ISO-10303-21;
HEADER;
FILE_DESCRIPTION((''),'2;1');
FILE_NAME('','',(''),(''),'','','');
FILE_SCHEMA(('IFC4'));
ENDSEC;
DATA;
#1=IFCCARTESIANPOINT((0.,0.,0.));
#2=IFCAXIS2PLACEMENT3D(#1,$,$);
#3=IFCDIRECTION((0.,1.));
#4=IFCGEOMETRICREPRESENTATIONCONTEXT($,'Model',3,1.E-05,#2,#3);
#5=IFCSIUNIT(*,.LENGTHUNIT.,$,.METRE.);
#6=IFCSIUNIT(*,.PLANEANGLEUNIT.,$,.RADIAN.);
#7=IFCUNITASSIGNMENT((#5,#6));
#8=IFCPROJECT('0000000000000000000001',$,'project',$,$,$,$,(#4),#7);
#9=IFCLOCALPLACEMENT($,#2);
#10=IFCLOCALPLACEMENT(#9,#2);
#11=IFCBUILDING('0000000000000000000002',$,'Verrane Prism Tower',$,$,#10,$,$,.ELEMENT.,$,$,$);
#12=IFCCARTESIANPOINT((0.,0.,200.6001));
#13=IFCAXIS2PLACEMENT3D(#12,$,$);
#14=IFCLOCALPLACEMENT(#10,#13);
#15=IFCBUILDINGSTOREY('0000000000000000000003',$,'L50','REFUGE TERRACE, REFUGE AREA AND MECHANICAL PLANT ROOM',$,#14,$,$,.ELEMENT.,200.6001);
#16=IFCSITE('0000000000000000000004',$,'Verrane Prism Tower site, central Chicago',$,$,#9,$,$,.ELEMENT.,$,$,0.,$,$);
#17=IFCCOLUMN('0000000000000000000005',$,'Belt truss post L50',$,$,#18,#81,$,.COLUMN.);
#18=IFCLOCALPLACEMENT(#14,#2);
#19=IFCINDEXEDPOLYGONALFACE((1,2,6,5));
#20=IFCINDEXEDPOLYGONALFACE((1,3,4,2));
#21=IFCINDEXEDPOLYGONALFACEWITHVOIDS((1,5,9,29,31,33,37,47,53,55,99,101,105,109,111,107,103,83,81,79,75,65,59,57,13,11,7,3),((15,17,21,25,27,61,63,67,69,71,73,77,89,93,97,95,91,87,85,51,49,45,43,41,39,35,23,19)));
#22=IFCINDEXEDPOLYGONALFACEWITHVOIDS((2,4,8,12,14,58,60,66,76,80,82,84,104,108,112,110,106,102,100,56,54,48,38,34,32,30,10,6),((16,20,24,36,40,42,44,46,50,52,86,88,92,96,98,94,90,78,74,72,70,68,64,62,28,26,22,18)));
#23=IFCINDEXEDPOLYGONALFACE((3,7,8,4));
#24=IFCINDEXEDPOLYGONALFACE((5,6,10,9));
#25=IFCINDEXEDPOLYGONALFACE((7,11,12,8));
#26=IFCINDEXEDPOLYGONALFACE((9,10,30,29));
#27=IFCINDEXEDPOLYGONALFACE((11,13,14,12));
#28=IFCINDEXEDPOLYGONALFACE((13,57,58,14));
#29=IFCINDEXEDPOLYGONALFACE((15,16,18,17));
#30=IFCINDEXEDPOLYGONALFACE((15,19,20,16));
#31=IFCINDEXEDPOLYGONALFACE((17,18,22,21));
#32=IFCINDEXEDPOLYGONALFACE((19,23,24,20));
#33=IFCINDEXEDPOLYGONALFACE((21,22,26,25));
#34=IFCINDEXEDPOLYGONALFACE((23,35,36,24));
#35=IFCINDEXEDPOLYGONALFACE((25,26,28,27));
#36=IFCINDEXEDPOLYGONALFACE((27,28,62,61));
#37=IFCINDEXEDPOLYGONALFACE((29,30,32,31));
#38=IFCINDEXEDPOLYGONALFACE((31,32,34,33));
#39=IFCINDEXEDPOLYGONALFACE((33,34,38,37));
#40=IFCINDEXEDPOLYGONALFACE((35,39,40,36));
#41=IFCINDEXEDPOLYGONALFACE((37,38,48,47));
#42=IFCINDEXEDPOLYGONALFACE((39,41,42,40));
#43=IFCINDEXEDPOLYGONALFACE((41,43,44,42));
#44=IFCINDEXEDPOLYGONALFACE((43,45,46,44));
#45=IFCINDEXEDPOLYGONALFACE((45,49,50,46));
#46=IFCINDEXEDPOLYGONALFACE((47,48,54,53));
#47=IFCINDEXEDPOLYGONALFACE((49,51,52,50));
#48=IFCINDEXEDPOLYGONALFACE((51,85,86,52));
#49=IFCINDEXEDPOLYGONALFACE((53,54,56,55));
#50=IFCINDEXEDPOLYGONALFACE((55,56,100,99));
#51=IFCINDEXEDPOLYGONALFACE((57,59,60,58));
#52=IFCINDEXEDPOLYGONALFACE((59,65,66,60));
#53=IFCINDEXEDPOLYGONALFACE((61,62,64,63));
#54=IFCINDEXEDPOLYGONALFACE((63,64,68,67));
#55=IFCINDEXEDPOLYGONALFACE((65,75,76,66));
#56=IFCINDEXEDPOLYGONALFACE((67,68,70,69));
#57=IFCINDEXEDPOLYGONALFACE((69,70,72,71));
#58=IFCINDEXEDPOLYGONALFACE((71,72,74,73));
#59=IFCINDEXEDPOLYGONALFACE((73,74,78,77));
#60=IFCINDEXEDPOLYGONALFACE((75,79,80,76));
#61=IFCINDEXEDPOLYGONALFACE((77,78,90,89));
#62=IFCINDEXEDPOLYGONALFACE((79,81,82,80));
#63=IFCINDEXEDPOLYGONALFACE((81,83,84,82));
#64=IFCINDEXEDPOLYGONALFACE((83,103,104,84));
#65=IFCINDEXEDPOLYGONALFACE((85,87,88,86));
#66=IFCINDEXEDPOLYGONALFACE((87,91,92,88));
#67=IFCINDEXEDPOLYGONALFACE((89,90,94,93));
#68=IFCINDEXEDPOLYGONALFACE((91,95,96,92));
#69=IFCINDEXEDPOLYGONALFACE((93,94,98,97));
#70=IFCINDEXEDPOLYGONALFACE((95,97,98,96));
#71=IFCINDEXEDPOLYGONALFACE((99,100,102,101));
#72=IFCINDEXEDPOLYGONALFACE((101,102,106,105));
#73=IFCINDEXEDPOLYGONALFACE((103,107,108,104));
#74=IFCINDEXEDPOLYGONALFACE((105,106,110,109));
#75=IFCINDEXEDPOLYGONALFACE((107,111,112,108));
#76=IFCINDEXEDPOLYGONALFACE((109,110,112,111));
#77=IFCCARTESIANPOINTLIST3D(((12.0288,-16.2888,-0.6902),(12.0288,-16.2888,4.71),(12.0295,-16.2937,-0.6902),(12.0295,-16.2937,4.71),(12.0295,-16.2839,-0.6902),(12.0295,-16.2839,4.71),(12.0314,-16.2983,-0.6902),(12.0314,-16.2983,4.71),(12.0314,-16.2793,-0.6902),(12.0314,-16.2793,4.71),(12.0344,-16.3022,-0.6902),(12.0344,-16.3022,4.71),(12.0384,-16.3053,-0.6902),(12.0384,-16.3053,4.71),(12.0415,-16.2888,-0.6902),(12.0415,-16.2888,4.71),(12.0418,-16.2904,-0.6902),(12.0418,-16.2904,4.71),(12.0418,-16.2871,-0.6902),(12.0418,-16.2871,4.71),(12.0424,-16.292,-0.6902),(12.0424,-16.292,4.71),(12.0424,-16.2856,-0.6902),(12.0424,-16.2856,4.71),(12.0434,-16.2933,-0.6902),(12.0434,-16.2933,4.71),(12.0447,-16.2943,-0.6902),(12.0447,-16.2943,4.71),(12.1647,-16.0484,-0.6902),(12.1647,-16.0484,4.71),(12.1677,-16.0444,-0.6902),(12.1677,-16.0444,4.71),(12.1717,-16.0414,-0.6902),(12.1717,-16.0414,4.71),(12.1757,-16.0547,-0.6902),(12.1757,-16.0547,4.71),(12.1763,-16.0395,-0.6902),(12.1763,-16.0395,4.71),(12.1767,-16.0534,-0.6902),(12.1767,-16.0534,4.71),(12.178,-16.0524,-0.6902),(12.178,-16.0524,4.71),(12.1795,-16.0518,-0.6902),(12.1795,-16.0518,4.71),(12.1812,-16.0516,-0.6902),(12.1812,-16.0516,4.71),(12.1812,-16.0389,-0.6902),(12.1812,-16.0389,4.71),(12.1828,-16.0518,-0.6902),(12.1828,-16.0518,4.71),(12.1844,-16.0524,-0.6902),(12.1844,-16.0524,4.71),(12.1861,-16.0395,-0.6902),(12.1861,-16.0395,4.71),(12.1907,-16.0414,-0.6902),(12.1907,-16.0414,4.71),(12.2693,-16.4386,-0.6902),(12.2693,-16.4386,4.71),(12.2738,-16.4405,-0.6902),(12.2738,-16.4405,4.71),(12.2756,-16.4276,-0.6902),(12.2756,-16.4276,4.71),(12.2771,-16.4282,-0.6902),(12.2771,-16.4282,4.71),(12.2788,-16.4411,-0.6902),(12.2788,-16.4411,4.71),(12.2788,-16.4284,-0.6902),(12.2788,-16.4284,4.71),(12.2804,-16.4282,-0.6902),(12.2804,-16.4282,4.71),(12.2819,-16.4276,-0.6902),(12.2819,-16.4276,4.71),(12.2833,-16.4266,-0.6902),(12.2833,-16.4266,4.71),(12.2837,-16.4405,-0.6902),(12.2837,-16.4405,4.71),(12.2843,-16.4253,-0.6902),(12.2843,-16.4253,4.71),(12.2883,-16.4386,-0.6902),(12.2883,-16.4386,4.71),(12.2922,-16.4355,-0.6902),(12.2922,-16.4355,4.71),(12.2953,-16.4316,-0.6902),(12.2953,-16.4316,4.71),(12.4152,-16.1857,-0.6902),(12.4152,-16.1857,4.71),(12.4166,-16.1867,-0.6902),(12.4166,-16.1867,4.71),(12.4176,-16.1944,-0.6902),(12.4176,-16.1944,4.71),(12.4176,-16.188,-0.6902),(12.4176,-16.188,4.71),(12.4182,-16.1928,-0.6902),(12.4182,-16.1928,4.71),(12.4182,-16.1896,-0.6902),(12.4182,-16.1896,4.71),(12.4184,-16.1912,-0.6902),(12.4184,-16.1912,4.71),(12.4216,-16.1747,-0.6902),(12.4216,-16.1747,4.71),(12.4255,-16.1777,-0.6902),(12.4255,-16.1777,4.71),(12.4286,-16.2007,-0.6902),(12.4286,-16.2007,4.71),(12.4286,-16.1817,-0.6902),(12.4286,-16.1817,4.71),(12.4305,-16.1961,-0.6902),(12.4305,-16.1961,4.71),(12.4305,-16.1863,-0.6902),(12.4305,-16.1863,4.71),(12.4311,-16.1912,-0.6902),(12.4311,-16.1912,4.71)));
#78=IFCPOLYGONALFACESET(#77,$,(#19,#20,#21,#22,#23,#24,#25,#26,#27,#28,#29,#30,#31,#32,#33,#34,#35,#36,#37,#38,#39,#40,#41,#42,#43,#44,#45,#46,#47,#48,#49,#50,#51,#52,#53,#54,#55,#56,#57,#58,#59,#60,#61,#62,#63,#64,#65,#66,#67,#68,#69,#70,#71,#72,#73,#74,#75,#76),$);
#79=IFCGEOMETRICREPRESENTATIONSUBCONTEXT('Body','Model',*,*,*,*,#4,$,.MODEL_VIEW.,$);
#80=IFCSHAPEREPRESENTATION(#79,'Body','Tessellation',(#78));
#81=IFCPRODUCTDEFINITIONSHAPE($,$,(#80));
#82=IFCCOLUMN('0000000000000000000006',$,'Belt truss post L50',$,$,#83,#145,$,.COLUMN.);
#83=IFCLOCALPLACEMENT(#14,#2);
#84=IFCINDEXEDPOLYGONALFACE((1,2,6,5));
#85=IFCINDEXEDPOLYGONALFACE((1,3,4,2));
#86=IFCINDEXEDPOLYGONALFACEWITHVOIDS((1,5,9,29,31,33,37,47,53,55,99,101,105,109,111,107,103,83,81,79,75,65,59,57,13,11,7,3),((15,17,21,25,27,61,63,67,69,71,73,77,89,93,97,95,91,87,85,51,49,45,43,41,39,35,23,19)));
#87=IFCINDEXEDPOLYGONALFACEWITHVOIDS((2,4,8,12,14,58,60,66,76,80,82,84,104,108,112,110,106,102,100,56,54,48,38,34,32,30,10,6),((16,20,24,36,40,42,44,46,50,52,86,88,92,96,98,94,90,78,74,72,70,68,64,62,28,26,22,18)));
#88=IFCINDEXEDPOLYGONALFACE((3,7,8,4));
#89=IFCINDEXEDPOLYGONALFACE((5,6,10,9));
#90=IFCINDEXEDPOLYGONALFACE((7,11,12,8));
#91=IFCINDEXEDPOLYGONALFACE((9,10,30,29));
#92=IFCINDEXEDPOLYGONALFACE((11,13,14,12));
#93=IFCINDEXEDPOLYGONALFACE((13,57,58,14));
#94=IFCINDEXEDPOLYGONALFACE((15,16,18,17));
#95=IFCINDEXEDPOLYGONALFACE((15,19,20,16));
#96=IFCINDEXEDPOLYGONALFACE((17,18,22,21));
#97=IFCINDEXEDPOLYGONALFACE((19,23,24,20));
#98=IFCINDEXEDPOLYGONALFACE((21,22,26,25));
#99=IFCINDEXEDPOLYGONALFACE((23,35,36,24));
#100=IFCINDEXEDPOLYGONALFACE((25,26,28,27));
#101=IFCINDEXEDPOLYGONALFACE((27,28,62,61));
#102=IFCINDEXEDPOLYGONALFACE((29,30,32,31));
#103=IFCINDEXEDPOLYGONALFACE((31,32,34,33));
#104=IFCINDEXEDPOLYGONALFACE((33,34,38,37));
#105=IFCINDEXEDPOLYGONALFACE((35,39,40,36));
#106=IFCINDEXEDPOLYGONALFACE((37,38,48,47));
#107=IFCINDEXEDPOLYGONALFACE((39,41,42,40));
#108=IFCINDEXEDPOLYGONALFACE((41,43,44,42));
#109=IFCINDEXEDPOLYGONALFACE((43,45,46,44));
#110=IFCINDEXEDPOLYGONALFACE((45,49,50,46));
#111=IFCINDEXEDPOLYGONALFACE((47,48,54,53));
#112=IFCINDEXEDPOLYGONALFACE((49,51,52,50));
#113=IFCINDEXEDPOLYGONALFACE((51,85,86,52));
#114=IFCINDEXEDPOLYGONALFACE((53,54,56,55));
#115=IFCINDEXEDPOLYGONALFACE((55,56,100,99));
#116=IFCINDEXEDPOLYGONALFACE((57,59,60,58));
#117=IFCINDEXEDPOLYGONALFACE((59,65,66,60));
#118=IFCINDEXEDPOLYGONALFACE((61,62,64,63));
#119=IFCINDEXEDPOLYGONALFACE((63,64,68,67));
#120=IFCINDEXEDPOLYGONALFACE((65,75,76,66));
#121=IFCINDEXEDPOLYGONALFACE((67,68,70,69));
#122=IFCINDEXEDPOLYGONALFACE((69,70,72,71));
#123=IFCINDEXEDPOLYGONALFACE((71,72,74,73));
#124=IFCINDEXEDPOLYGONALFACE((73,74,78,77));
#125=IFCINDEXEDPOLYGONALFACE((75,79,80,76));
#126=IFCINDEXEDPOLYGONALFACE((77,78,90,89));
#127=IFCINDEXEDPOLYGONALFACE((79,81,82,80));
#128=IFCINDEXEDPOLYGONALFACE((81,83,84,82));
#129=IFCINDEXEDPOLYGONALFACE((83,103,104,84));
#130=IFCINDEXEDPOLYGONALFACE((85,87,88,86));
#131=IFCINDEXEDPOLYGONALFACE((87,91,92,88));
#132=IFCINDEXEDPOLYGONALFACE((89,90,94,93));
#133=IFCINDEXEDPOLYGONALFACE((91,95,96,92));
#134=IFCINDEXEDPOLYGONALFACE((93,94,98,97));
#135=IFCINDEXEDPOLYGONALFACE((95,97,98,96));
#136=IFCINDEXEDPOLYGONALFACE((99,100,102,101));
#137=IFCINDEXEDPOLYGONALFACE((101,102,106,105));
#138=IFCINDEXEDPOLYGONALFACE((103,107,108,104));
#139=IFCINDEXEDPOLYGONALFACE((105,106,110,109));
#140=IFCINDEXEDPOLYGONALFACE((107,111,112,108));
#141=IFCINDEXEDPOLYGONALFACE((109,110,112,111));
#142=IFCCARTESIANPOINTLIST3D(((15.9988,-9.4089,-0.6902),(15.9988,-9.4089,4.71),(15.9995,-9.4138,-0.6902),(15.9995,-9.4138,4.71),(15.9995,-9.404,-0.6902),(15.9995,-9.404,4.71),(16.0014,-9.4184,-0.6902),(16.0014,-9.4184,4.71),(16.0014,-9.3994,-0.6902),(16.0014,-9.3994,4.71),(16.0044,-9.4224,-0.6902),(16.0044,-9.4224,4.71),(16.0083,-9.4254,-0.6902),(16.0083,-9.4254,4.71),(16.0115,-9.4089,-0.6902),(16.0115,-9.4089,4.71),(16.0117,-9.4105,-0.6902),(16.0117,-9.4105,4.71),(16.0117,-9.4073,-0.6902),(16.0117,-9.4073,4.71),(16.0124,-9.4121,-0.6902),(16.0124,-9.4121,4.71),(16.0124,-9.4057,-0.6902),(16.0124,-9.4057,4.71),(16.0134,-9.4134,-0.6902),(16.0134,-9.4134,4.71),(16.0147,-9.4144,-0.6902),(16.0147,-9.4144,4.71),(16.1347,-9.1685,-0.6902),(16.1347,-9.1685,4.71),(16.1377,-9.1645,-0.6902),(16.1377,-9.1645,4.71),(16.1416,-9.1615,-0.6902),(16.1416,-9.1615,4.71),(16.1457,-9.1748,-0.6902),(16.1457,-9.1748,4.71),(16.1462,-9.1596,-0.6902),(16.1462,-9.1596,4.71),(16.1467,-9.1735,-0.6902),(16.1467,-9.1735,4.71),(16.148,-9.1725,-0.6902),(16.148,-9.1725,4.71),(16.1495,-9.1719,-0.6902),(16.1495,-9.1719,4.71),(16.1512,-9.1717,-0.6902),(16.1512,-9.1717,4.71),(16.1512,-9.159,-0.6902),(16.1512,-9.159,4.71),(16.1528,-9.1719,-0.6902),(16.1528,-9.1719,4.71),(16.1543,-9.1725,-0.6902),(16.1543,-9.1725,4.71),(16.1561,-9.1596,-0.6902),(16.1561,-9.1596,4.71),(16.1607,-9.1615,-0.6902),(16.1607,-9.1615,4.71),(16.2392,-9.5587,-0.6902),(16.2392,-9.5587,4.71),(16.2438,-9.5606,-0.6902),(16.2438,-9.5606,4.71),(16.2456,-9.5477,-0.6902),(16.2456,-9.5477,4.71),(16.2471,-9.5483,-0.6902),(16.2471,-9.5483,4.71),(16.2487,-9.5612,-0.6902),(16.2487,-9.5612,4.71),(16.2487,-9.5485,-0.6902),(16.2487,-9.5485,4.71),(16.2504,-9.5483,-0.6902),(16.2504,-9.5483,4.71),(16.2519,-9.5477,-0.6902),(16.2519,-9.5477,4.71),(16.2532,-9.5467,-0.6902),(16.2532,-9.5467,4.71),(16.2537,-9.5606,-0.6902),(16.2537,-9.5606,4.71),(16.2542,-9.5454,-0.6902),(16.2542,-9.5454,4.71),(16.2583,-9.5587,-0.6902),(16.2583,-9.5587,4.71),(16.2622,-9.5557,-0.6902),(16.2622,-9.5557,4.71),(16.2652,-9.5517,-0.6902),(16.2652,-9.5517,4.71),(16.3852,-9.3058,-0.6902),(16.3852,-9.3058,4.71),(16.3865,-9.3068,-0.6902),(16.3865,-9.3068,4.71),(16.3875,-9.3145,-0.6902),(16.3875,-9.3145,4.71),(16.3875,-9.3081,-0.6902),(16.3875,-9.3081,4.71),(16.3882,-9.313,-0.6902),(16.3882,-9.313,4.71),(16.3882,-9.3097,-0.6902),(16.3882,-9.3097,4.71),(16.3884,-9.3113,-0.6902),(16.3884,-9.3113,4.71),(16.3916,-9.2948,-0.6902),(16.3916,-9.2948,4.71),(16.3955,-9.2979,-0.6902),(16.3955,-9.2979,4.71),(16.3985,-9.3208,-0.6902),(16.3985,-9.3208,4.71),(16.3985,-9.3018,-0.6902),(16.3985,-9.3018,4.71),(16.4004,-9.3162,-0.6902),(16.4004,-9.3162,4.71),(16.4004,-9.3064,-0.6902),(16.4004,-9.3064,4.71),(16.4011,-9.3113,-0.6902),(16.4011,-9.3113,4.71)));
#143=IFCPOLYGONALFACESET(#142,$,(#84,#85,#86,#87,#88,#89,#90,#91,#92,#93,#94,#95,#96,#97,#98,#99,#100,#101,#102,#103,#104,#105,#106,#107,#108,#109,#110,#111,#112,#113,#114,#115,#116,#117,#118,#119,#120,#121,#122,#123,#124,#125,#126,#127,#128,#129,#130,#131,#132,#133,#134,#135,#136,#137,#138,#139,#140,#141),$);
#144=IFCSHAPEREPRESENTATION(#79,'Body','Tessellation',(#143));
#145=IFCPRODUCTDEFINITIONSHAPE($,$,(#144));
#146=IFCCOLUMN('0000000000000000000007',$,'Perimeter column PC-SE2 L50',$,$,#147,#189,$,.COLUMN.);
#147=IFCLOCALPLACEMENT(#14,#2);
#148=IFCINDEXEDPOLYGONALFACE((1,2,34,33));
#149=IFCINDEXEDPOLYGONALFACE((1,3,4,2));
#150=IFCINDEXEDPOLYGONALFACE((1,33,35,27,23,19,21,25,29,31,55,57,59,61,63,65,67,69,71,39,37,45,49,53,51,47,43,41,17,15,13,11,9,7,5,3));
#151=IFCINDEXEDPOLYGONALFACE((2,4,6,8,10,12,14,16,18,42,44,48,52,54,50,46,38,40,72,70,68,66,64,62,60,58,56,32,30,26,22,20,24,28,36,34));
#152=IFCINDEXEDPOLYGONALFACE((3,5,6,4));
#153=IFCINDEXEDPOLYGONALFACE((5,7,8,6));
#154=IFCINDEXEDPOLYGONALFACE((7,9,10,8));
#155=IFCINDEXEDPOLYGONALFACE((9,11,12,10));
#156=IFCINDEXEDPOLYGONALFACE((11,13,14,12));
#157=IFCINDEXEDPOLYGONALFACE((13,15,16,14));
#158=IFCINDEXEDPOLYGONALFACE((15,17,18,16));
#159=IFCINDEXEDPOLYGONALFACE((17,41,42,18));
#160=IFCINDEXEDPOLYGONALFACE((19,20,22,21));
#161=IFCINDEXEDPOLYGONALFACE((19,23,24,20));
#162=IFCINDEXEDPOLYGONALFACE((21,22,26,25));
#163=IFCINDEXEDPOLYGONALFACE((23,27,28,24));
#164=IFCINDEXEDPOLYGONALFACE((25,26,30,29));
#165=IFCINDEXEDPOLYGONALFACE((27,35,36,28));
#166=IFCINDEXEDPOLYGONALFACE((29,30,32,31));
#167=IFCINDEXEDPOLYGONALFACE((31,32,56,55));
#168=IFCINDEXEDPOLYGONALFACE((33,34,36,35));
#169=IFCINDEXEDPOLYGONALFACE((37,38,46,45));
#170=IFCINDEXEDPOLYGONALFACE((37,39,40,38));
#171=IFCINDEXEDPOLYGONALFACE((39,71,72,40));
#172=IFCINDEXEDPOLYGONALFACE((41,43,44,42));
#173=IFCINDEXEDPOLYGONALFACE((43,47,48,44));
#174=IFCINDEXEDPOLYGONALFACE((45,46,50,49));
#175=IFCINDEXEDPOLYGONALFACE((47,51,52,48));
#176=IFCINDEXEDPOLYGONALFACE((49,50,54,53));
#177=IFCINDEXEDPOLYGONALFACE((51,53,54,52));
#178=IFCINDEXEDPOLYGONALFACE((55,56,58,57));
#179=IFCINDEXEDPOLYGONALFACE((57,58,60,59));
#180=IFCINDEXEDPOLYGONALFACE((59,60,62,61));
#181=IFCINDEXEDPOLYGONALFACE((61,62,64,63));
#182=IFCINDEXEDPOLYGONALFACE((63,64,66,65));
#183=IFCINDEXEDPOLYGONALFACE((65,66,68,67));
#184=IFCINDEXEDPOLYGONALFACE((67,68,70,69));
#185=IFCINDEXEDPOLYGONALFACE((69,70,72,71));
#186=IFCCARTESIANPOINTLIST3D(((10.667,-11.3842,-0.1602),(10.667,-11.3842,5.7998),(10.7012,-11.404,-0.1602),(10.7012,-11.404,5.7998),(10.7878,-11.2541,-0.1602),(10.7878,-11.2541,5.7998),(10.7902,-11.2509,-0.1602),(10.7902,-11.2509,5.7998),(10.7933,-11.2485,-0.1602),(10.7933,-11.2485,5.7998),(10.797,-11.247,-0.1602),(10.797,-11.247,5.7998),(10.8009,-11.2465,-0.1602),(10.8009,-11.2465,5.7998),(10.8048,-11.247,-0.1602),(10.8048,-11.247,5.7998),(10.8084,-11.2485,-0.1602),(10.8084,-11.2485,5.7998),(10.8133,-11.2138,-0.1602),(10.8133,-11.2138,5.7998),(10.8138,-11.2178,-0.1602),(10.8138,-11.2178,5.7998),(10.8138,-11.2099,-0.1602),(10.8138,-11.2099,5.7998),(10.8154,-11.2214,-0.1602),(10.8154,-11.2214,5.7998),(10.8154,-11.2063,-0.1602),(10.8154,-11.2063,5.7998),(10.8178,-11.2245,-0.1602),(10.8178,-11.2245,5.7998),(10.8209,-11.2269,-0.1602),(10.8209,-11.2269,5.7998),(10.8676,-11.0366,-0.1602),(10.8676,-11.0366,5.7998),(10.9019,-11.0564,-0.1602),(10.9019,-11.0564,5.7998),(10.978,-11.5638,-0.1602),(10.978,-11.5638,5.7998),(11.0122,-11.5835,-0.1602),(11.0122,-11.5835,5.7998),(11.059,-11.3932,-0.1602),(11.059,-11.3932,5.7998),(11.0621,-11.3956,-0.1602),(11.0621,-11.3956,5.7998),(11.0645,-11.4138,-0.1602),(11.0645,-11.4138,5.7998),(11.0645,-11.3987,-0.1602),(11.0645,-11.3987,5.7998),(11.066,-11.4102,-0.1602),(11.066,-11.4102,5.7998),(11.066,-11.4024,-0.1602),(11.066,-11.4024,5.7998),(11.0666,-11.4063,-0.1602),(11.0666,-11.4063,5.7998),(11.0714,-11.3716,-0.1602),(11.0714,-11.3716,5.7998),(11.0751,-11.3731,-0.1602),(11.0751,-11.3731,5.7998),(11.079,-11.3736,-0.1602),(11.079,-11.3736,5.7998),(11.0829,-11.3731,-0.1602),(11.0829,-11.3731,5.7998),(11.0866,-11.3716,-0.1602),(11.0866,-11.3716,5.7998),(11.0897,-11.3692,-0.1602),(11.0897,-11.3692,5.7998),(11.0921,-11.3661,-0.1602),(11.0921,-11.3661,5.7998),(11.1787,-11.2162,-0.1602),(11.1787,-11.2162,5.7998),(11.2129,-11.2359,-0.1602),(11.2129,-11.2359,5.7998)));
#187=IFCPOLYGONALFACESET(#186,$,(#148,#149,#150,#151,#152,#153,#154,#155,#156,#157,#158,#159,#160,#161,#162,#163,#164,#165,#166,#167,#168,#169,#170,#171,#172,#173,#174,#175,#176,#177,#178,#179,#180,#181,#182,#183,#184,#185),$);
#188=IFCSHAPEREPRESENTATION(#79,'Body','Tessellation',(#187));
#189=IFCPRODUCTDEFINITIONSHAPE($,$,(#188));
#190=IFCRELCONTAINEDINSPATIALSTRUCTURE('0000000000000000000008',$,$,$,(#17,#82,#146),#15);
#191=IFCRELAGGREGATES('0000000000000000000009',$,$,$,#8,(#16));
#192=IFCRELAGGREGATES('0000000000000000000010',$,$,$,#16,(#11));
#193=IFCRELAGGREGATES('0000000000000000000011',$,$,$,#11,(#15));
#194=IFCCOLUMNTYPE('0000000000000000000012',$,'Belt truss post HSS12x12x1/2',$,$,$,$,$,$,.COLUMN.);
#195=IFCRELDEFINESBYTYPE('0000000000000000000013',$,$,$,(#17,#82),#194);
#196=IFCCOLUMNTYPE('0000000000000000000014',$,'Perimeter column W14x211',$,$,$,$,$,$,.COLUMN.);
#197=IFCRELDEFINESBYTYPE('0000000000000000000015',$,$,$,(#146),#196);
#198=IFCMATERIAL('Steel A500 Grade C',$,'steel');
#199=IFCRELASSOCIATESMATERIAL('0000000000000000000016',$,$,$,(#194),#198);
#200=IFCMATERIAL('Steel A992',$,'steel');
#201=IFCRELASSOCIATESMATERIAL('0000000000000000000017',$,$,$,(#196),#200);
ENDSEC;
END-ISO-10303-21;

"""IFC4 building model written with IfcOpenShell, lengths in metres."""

from ifc_helpers import new_model, si_unit, direction, frame, origin, origin_2d, place, context, subcontext, project, spatial, hollow_rectangle, i_section, extrude, material, material_profile, profile_set, type_object, element, save


model = new_model("IFC4")

# Units and contexts
model_context = context("Model", 3, precision=1e-05, world=origin(), true_north=direction((0.0, 1.0)))
body_context = subcontext(model_context, "Body", "Model", "MODEL_VIEW")
ifc_project = project(units=[si_unit("LENGTHUNIT", "METRE"), si_unit("PLANEANGLEUNIT", "RADIAN")], contexts=[model_context])

# Site, building, storey
site_placement = place(None, origin())
site = spatial("IfcSite", under=ifc_project, at=site_placement, Name="Verrane Prism Tower site, central Chicago", CompositionType="ELEMENT", RefElevation=0.0)
building_placement = place(site_placement, origin())
building = spatial("IfcBuilding", under=site, at=building_placement, Name="Verrane Prism Tower", CompositionType="ELEMENT")
storey_placement = place(building_placement, frame((0.0, 0.0, 200.6001)))
storey = spatial("IfcBuildingStorey", under=building, at=storey_placement, Name="L50", Description="REFUGE TERRACE, REFUGE AREA AND MECHANICAL PLANT ROOM", CompositionType="ELEMENT", Elevation=200.6001)

# Columns
ifc_material_1 = material(Name="Steel A500 Grade C", Category="steel")
ifc_material_profile_1 = material_profile(ifc_material_1, hollow_rectangle(XDim=0.3047, YDim=0.3047, WallThickness=0.0127, InnerFilletRadius=0.0063, OuterFilletRadius=0.019, at=origin_2d()), Name="HSS12x12x1/2")
ifc_profile_set_1 = profile_set([ifc_material_profile_1], Name="Steel A500 Grade C")
column_type_1 = type_object("IfcColumnType", Name="Belt truss post HSS12x12x1/2", PredefinedType="COLUMN", material=ifc_profile_set_1)
for number, where, z_axis, x_axis, name in (
    (1, (12.23, -16.24, -0.6902), (0.0, 0.0, 1.0), (-0.5, -0.866025, 0.0), "Belt truss post L50"),
    (2, (16.2, -9.3601, -0.6902), (0.0, 0.0, 1.0), (-0.5, -0.866025, 0.0), "Belt truss post L50"),
):
    element("IfcColumn", number, at=place(storey_placement, frame(where, z_axis=z_axis, x_axis=x_axis)), inside=storey, type_object=column_type_1, Name=name, PredefinedType="COLUMN", context=body_context, shape_type="SweptSolid", body=[
        extrude(hollow_rectangle(XDim=0.3047, YDim=0.3047, WallThickness=0.0127, InnerFilletRadius=0.0063, OuterFilletRadius=0.019, at=origin_2d()), origin(), (0.0, 0.0, 1.0), 5.4001),
    ])
ifc_material_2 = material(Name="Steel A992", Category="steel")
ifc_material_profile_2 = material_profile(ifc_material_2, i_section(OverallWidth=0.4014, OverallDepth=0.3987, WebThickness=0.0249, FlangeThickness=0.0396, FilletRadius=0.0151, at=origin_2d()), Name="W14x211")
ifc_profile_set_2 = profile_set([ifc_material_profile_2], Name="Steel A992")
column_type_2 = type_object("IfcColumnType", Name="Perimeter column W14x211", PredefinedType="COLUMN", material=ifc_profile_set_2)
column_placement = place(storey_placement, frame((10.9399, -11.3101, -0.1602), z_axis=(0.0, 0.0, 1.0), x_axis=(-0.5, -0.866025, 0.0)))
element("IfcColumn", 3, at=column_placement, inside=storey, type_object=column_type_2, Name="Perimeter column PC-SE2 L50", PredefinedType="COLUMN", context=body_context, shape_type="SweptSolid", body=[
    extrude(i_section(OverallWidth=0.4014, OverallDepth=0.3987, WebThickness=0.0249, FlangeThickness=0.0396, FilletRadius=0.0151, at=origin_2d()), origin(), (0.0, 0.0, 1.0), 5.96),
])

save(model, "model.ifc")
